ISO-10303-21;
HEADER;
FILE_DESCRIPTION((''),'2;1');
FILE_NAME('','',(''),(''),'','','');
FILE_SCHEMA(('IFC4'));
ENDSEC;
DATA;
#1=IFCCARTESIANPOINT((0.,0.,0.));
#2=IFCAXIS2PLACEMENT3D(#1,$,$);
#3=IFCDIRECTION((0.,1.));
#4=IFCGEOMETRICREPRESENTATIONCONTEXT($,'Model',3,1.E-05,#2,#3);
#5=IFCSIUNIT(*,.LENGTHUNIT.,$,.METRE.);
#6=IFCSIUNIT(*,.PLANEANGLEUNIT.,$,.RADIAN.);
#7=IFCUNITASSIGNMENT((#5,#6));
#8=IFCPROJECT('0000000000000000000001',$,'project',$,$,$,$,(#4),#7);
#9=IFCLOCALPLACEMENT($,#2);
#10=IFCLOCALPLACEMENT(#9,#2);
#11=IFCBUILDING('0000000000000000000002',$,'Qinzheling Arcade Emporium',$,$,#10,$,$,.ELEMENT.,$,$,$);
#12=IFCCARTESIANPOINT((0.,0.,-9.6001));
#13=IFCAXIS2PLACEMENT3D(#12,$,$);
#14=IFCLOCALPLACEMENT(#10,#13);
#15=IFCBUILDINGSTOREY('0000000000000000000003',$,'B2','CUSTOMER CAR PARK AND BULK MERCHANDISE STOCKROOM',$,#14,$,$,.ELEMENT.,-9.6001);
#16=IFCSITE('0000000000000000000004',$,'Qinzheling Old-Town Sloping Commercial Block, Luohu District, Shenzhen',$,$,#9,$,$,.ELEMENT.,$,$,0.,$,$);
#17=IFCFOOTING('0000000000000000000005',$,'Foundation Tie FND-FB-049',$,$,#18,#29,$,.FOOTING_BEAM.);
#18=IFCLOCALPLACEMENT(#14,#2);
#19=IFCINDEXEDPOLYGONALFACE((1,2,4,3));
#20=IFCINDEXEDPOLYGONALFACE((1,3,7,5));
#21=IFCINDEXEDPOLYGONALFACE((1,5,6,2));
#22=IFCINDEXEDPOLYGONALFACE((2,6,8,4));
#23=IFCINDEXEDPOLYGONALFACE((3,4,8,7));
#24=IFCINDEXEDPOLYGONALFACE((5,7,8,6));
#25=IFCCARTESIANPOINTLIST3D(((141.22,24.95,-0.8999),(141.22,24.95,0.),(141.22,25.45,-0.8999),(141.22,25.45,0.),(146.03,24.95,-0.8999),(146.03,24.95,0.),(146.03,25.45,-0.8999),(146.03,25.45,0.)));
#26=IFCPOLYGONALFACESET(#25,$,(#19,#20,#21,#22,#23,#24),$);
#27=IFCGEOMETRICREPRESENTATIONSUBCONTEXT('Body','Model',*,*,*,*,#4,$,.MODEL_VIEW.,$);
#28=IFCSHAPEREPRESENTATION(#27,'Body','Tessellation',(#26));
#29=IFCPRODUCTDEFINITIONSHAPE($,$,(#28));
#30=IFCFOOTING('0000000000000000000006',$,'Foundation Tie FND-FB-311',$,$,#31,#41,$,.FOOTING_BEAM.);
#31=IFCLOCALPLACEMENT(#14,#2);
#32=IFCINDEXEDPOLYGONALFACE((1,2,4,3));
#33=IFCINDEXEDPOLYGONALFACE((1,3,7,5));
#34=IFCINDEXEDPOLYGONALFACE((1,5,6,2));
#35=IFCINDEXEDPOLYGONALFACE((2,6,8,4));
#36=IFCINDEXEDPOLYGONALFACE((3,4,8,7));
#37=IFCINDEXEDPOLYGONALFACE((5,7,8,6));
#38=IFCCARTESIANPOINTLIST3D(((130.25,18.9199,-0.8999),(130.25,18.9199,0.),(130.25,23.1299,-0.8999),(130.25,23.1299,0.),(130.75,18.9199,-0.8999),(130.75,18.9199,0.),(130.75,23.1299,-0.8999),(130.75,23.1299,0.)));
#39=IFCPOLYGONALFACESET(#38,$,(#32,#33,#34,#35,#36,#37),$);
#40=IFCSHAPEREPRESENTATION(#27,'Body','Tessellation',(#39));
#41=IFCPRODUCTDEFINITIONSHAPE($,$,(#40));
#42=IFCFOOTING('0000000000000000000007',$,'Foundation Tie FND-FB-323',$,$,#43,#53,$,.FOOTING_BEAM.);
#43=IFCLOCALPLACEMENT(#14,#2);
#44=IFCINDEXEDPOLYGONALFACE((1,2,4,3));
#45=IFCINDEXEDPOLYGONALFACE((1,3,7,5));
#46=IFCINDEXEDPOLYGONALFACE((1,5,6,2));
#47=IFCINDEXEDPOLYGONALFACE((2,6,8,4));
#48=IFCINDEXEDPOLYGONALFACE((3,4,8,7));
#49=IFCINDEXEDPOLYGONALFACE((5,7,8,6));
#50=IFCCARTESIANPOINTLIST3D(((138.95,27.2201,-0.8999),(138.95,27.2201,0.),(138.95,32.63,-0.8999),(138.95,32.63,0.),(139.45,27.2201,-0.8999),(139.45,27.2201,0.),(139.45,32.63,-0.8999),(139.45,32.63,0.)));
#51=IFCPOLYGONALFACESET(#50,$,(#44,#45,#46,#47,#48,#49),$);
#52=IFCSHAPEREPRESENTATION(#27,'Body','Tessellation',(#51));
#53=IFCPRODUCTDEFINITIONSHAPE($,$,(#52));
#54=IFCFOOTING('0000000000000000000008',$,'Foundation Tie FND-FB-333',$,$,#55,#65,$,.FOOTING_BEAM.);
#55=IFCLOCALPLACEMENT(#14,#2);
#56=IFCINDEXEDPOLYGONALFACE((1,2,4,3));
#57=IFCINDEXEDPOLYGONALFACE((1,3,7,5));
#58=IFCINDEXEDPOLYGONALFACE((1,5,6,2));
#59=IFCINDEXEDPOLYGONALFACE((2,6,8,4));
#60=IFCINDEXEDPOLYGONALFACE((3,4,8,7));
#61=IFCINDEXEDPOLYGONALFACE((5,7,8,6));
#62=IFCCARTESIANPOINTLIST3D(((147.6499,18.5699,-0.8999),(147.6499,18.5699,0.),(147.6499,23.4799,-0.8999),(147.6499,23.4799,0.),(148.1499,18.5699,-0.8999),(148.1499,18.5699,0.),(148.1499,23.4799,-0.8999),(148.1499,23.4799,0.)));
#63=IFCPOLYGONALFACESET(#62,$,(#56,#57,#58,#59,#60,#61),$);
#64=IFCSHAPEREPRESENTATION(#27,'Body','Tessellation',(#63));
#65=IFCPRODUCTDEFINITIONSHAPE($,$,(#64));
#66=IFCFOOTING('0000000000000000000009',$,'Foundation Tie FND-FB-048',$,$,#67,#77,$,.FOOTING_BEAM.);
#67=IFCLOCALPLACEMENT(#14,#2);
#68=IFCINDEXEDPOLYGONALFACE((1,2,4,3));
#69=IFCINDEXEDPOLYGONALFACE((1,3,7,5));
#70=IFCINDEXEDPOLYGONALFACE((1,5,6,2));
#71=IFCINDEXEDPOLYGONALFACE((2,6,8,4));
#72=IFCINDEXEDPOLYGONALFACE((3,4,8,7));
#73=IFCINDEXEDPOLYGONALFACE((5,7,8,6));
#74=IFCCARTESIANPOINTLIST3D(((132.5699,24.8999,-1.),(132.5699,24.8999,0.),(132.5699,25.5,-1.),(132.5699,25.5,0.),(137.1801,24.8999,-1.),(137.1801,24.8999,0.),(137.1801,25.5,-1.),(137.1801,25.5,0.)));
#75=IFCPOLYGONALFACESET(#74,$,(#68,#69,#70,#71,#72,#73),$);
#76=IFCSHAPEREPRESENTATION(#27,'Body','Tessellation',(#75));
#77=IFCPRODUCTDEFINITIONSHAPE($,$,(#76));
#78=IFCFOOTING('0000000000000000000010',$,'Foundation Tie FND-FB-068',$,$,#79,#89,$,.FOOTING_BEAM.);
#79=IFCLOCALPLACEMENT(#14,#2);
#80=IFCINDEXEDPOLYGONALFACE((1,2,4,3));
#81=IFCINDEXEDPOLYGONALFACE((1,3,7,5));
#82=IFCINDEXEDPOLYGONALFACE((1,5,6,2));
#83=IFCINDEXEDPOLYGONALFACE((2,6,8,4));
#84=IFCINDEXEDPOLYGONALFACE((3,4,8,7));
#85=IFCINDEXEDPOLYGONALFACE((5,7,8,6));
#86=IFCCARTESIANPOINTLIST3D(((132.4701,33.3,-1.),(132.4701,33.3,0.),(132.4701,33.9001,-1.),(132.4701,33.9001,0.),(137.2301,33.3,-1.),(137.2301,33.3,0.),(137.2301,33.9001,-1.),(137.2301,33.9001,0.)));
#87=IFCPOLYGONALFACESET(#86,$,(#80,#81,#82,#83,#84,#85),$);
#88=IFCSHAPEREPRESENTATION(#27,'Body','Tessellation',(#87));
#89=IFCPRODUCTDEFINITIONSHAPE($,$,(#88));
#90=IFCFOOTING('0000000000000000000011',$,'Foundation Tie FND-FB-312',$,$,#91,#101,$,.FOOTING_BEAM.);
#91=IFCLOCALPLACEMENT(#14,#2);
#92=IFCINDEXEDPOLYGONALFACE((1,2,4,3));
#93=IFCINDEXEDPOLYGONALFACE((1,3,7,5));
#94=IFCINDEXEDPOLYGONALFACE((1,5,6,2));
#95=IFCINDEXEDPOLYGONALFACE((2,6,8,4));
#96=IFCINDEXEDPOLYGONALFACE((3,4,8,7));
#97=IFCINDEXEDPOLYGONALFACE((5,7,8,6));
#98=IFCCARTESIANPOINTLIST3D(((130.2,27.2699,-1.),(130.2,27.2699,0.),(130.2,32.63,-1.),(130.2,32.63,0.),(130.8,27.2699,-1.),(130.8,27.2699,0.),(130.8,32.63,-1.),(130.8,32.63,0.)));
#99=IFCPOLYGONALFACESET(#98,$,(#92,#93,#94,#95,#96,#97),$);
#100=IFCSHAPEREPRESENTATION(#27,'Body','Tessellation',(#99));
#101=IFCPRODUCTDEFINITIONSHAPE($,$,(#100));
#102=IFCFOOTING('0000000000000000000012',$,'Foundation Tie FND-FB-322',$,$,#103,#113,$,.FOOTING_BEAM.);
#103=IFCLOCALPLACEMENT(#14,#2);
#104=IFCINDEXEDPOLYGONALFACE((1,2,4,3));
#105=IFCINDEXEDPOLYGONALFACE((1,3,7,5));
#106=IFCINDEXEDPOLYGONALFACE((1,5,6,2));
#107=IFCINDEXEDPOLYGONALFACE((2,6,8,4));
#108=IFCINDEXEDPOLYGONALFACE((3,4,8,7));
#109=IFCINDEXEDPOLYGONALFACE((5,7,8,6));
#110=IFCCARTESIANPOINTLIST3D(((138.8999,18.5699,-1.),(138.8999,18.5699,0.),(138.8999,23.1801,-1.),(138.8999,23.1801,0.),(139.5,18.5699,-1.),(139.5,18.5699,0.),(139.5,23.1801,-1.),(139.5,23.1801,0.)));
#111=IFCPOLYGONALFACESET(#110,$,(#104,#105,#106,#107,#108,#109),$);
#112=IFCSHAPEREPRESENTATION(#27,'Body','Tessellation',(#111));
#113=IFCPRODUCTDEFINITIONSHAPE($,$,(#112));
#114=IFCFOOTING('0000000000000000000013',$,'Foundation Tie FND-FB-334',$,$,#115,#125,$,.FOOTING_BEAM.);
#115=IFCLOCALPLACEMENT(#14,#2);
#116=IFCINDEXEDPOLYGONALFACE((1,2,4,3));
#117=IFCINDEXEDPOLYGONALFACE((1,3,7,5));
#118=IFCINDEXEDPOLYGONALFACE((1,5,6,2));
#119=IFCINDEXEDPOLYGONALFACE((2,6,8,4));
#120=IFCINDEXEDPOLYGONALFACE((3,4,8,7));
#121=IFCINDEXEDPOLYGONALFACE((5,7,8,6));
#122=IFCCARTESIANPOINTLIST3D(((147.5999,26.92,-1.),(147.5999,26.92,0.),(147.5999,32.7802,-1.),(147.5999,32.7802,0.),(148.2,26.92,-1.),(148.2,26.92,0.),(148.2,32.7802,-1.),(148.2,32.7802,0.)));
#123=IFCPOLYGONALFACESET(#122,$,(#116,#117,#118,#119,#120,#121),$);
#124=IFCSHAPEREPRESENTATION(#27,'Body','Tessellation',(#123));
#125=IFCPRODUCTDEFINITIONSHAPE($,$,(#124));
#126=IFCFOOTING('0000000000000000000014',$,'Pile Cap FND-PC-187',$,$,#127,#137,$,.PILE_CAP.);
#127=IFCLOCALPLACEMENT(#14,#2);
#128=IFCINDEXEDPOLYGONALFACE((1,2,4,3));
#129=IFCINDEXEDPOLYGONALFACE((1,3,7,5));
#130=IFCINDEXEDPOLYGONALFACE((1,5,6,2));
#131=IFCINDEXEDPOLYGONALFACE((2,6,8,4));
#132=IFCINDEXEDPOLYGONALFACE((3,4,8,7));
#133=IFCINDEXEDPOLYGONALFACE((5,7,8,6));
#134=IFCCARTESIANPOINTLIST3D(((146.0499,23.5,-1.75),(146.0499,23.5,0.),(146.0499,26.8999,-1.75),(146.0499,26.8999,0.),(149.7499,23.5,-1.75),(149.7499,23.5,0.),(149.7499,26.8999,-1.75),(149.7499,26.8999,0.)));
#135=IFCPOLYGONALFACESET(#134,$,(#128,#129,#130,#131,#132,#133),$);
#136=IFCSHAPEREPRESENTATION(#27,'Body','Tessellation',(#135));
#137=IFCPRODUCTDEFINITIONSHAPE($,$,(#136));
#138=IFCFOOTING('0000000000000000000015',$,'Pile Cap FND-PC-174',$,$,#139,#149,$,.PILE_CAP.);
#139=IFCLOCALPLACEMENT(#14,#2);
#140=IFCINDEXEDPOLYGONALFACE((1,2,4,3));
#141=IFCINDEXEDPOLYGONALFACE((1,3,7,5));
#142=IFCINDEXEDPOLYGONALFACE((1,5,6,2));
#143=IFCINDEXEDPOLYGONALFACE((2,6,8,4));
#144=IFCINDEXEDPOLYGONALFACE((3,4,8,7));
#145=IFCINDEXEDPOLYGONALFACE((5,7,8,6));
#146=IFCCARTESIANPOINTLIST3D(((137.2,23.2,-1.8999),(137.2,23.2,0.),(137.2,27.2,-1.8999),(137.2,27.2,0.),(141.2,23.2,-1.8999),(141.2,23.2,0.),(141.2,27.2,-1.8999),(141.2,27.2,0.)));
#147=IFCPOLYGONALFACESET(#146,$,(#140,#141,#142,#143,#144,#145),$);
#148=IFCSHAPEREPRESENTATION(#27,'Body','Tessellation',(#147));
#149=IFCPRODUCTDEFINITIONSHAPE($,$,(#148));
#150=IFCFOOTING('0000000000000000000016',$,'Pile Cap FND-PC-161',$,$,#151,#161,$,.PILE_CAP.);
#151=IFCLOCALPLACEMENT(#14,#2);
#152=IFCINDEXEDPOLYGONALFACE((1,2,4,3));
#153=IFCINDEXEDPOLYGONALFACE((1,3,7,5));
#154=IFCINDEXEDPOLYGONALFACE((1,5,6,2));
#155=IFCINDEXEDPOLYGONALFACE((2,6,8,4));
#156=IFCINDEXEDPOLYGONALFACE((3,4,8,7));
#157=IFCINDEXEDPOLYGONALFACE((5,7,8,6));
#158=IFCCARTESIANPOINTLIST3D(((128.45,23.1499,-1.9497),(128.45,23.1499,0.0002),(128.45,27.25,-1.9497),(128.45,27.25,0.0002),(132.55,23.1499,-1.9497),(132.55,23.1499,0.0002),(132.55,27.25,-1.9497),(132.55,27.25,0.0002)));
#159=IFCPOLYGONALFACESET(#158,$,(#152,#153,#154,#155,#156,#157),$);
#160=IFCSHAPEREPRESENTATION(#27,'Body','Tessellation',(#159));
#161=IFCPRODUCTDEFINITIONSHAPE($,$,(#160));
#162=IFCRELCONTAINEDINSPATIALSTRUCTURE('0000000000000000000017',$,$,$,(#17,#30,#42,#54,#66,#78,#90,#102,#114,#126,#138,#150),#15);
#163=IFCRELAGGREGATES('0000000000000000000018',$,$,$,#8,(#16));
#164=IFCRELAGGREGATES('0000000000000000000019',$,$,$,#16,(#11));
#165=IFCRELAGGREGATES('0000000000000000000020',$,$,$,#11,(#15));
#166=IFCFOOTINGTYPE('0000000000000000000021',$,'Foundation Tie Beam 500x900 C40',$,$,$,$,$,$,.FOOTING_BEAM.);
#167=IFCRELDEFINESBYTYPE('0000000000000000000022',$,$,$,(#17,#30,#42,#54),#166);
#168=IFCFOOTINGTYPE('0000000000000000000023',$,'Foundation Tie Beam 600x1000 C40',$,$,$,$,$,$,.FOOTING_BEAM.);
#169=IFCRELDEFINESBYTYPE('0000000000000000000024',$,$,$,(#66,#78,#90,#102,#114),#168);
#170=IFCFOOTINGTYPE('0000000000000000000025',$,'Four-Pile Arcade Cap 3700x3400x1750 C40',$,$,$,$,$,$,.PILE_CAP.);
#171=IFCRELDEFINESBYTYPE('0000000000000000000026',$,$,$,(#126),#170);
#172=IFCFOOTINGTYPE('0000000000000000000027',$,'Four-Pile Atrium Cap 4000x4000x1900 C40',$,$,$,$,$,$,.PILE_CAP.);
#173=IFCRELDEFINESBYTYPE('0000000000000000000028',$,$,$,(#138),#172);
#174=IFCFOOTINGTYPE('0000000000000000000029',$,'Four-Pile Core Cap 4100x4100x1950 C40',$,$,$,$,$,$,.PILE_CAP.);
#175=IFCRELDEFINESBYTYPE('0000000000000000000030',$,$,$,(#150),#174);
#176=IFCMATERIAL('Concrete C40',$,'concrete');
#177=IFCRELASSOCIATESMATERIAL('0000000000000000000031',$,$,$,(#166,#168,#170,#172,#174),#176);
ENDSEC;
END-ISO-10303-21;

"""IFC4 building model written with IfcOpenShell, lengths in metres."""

from ifc_helpers import new_model, si_unit, direction, frame, origin, origin_2d, place, context, subcontext, project, spatial, rectangle, extrude, material, type_object, element, save


model = new_model("IFC4")

# Units and contexts
model_context = context("Model", 3, precision=1e-05, world=origin(), true_north=direction((0.0, 1.0)))
body_context = subcontext(model_context, "Body", "Model", "MODEL_VIEW")
ifc_project = project(units=[si_unit("LENGTHUNIT", "METRE"), si_unit("PLANEANGLEUNIT", "RADIAN")], contexts=[model_context])

# Site, building, storey
site_placement = place(None, origin())
site = spatial("IfcSite", under=ifc_project, at=site_placement, Name="Qinzheling Old-Town Sloping Commercial Block, Luohu District, Shenzhen", CompositionType="ELEMENT", RefElevation=0.0)
building_placement = place(site_placement, origin())
building = spatial("IfcBuilding", under=site, at=building_placement, Name="Qinzheling Arcade Emporium", CompositionType="ELEMENT")
storey_placement = place(building_placement, frame((0.0, 0.0, -9.6001)))
storey = spatial("IfcBuildingStorey", under=building, at=storey_placement, Name="B2", Description="CUSTOMER CAR PARK AND BULK MERCHANDISE STOCKROOM", CompositionType="ELEMENT", Elevation=-9.6001)

# Footings
ifc_material_1 = material(Name="Concrete C40", Category="concrete")
footing_type_1 = type_object("IfcFootingType", Name="Foundation Tie Beam 500x900 C40", PredefinedType="FOOTING_BEAM", material=ifc_material_1)
footing_1_placement = place(storey_placement, frame((143.625, 25.2, -0.8999), z_axis=(0.0, 0.0, 1.0), x_axis=(1.0, 0.0, 0.0)))
element("IfcFooting", 1, at=footing_1_placement, inside=storey, type_object=footing_type_1, Name="Foundation Tie FND-FB-049", PredefinedType="FOOTING_BEAM", context=body_context, shape_type="SweptSolid", body=[
    extrude(rectangle(XDim=4.8101, YDim=0.5, at=origin_2d()), origin(), (0.0, 0.0, 1.0), 0.8999),
])
footing_2_placement = place(storey_placement, frame((130.5, 21.0249, -0.8999), z_axis=(0.0, 0.0, 1.0), x_axis=(1.0, 0.0, 0.0)))
element("IfcFooting", 2, at=footing_2_placement, inside=storey, type_object=footing_type_1, Name="Foundation Tie FND-FB-311", PredefinedType="FOOTING_BEAM", context=body_context, shape_type="SweptSolid", body=[
    extrude(rectangle(XDim=0.5, YDim=4.21, at=origin_2d()), origin(), (0.0, 0.0, 1.0), 0.8999),
])
footing_3_placement = place(storey_placement, frame((139.2, 29.925, -0.8999), z_axis=(0.0, 0.0, 1.0), x_axis=(1.0, 0.0, 0.0)))
element("IfcFooting", 3, at=footing_3_placement, inside=storey, type_object=footing_type_1, Name="Foundation Tie FND-FB-323", PredefinedType="FOOTING_BEAM", context=body_context, shape_type="SweptSolid", body=[
    extrude(rectangle(XDim=0.5, YDim=5.4099, at=origin_2d()), origin(), (0.0, 0.0, 1.0), 0.8999),
])
footing_4_placement = place(storey_placement, frame((147.8999, 21.0249, -0.8999), z_axis=(0.0, 0.0, 1.0), x_axis=(1.0, 0.0, 0.0)))
element("IfcFooting", 4, at=footing_4_placement, inside=storey, type_object=footing_type_1, Name="Foundation Tie FND-FB-333", PredefinedType="FOOTING_BEAM", context=body_context, shape_type="SweptSolid", body=[
    extrude(rectangle(XDim=0.5, YDim=4.9099, at=origin_2d()), origin(), (0.0, 0.0, 1.0), 0.8999),
])
footing_type_2 = type_object("IfcFootingType", Name="Foundation Tie Beam 600x1000 C40", PredefinedType="FOOTING_BEAM", material=ifc_material_1)
footing_5_placement = place(storey_placement, frame((134.875, 25.2, -1.0), z_axis=(0.0, 0.0, 1.0), x_axis=(1.0, 0.0, 0.0)))
element("IfcFooting", 5, at=footing_5_placement, inside=storey, type_object=footing_type_2, Name="Foundation Tie FND-FB-048", PredefinedType="FOOTING_BEAM", context=body_context, shape_type="SweptSolid", body=[
    extrude(rectangle(XDim=4.6101, YDim=0.6001, at=origin_2d()), origin(), (0.0, 0.0, 1.0), 1.0),
])
footing_6_placement = place(storey_placement, frame((134.8501, 33.6001, -1.0), z_axis=(0.0, 0.0, 1.0), x_axis=(1.0, 0.0, 0.0)))
element("IfcFooting", 6, at=footing_6_placement, inside=storey, type_object=footing_type_2, Name="Foundation Tie FND-FB-068", PredefinedType="FOOTING_BEAM", context=body_context, shape_type="SweptSolid", body=[
    extrude(rectangle(XDim=4.76, YDim=0.6001, at=origin_2d()), origin(), (0.0, 0.0, 1.0), 1.0),
])
footing_7_placement = place(storey_placement, frame((130.5, 29.95, -1.0), z_axis=(0.0, 0.0, 1.0), x_axis=(1.0, 0.0, 0.0)))
element("IfcFooting", 7, at=footing_7_placement, inside=storey, type_object=footing_type_2, Name="Foundation Tie FND-FB-312", PredefinedType="FOOTING_BEAM", context=body_context, shape_type="SweptSolid", body=[
    extrude(rectangle(XDim=0.6001, YDim=5.3601, at=origin_2d()), origin(), (0.0, 0.0, 1.0), 1.0),
])
footing_8_placement = place(storey_placement, frame((139.2, 20.875, -1.0), z_axis=(0.0, 0.0, 1.0), x_axis=(1.0, 0.0, 0.0)))
element("IfcFooting", 8, at=footing_8_placement, inside=storey, type_object=footing_type_2, Name="Foundation Tie FND-FB-322", PredefinedType="FOOTING_BEAM", context=body_context, shape_type="SweptSolid", body=[
    extrude(rectangle(XDim=0.6001, YDim=4.6101, at=origin_2d()), origin(), (0.0, 0.0, 1.0), 1.0),
])
footing_9_placement = place(storey_placement, frame((147.8999, 29.8501, -1.0), z_axis=(0.0, 0.0, 1.0), x_axis=(1.0, 0.0, 0.0)))
element("IfcFooting", 9, at=footing_9_placement, inside=storey, type_object=footing_type_2, Name="Foundation Tie FND-FB-334", PredefinedType="FOOTING_BEAM", context=body_context, shape_type="SweptSolid", body=[
    extrude(rectangle(XDim=0.6001, YDim=5.8601, at=origin_2d()), origin(), (0.0, 0.0, 1.0), 1.0),
])
footing_type_3 = type_object("IfcFootingType", Name="Four-Pile Arcade Cap 3700x3400x1750 C40", PredefinedType="PILE_CAP", material=ifc_material_1)
footing_10_placement = place(storey_placement, frame((147.8999, 25.2, -1.75), z_axis=(0.0, 0.0, 1.0), x_axis=(1.0, 0.0, 0.0)))
element("IfcFooting", 10, at=footing_10_placement, inside=storey, type_object=footing_type_3, Name="Pile Cap FND-PC-187", PredefinedType="PILE_CAP", context=body_context, shape_type="SweptSolid", body=[
    extrude(rectangle(XDim=3.7, YDim=3.3999, at=origin_2d()), origin(), (0.0, 0.0, 1.0), 1.75),
])
footing_type_4 = type_object("IfcFootingType", Name="Four-Pile Atrium Cap 4000x4000x1900 C40", PredefinedType="PILE_CAP", material=ifc_material_1)
footing_11_placement = place(storey_placement, frame((139.2, 25.2, -1.8999), z_axis=(0.0, 0.0, 1.0), x_axis=(1.0, 0.0, 0.0)))
element("IfcFooting", 11, at=footing_11_placement, inside=storey, type_object=footing_type_4, Name="Pile Cap FND-PC-174", PredefinedType="PILE_CAP", context=body_context, shape_type="SweptSolid", body=[
    extrude(rectangle(XDim=4.0, YDim=4.0, at=origin_2d()), origin(), (0.0, 0.0, 1.0), 1.8999),
])
footing_type_5 = type_object("IfcFootingType", Name="Four-Pile Core Cap 4100x4100x1950 C40", PredefinedType="PILE_CAP", material=ifc_material_1)
footing_12_placement = place(storey_placement, frame((130.5, 25.2, -1.9497), z_axis=(0.0, 0.0, 1.0), x_axis=(1.0, 0.0, 0.0)))
element("IfcFooting", 12, at=footing_12_placement, inside=storey, type_object=footing_type_5, Name="Pile Cap FND-PC-161", PredefinedType="PILE_CAP", context=body_context, shape_type="SweptSolid", body=[
    extrude(rectangle(XDim=4.1001, YDim=4.1001, at=origin_2d()), origin(), (0.0, 0.0, 1.0), 1.95),
])

save(model, "model.ifc")
